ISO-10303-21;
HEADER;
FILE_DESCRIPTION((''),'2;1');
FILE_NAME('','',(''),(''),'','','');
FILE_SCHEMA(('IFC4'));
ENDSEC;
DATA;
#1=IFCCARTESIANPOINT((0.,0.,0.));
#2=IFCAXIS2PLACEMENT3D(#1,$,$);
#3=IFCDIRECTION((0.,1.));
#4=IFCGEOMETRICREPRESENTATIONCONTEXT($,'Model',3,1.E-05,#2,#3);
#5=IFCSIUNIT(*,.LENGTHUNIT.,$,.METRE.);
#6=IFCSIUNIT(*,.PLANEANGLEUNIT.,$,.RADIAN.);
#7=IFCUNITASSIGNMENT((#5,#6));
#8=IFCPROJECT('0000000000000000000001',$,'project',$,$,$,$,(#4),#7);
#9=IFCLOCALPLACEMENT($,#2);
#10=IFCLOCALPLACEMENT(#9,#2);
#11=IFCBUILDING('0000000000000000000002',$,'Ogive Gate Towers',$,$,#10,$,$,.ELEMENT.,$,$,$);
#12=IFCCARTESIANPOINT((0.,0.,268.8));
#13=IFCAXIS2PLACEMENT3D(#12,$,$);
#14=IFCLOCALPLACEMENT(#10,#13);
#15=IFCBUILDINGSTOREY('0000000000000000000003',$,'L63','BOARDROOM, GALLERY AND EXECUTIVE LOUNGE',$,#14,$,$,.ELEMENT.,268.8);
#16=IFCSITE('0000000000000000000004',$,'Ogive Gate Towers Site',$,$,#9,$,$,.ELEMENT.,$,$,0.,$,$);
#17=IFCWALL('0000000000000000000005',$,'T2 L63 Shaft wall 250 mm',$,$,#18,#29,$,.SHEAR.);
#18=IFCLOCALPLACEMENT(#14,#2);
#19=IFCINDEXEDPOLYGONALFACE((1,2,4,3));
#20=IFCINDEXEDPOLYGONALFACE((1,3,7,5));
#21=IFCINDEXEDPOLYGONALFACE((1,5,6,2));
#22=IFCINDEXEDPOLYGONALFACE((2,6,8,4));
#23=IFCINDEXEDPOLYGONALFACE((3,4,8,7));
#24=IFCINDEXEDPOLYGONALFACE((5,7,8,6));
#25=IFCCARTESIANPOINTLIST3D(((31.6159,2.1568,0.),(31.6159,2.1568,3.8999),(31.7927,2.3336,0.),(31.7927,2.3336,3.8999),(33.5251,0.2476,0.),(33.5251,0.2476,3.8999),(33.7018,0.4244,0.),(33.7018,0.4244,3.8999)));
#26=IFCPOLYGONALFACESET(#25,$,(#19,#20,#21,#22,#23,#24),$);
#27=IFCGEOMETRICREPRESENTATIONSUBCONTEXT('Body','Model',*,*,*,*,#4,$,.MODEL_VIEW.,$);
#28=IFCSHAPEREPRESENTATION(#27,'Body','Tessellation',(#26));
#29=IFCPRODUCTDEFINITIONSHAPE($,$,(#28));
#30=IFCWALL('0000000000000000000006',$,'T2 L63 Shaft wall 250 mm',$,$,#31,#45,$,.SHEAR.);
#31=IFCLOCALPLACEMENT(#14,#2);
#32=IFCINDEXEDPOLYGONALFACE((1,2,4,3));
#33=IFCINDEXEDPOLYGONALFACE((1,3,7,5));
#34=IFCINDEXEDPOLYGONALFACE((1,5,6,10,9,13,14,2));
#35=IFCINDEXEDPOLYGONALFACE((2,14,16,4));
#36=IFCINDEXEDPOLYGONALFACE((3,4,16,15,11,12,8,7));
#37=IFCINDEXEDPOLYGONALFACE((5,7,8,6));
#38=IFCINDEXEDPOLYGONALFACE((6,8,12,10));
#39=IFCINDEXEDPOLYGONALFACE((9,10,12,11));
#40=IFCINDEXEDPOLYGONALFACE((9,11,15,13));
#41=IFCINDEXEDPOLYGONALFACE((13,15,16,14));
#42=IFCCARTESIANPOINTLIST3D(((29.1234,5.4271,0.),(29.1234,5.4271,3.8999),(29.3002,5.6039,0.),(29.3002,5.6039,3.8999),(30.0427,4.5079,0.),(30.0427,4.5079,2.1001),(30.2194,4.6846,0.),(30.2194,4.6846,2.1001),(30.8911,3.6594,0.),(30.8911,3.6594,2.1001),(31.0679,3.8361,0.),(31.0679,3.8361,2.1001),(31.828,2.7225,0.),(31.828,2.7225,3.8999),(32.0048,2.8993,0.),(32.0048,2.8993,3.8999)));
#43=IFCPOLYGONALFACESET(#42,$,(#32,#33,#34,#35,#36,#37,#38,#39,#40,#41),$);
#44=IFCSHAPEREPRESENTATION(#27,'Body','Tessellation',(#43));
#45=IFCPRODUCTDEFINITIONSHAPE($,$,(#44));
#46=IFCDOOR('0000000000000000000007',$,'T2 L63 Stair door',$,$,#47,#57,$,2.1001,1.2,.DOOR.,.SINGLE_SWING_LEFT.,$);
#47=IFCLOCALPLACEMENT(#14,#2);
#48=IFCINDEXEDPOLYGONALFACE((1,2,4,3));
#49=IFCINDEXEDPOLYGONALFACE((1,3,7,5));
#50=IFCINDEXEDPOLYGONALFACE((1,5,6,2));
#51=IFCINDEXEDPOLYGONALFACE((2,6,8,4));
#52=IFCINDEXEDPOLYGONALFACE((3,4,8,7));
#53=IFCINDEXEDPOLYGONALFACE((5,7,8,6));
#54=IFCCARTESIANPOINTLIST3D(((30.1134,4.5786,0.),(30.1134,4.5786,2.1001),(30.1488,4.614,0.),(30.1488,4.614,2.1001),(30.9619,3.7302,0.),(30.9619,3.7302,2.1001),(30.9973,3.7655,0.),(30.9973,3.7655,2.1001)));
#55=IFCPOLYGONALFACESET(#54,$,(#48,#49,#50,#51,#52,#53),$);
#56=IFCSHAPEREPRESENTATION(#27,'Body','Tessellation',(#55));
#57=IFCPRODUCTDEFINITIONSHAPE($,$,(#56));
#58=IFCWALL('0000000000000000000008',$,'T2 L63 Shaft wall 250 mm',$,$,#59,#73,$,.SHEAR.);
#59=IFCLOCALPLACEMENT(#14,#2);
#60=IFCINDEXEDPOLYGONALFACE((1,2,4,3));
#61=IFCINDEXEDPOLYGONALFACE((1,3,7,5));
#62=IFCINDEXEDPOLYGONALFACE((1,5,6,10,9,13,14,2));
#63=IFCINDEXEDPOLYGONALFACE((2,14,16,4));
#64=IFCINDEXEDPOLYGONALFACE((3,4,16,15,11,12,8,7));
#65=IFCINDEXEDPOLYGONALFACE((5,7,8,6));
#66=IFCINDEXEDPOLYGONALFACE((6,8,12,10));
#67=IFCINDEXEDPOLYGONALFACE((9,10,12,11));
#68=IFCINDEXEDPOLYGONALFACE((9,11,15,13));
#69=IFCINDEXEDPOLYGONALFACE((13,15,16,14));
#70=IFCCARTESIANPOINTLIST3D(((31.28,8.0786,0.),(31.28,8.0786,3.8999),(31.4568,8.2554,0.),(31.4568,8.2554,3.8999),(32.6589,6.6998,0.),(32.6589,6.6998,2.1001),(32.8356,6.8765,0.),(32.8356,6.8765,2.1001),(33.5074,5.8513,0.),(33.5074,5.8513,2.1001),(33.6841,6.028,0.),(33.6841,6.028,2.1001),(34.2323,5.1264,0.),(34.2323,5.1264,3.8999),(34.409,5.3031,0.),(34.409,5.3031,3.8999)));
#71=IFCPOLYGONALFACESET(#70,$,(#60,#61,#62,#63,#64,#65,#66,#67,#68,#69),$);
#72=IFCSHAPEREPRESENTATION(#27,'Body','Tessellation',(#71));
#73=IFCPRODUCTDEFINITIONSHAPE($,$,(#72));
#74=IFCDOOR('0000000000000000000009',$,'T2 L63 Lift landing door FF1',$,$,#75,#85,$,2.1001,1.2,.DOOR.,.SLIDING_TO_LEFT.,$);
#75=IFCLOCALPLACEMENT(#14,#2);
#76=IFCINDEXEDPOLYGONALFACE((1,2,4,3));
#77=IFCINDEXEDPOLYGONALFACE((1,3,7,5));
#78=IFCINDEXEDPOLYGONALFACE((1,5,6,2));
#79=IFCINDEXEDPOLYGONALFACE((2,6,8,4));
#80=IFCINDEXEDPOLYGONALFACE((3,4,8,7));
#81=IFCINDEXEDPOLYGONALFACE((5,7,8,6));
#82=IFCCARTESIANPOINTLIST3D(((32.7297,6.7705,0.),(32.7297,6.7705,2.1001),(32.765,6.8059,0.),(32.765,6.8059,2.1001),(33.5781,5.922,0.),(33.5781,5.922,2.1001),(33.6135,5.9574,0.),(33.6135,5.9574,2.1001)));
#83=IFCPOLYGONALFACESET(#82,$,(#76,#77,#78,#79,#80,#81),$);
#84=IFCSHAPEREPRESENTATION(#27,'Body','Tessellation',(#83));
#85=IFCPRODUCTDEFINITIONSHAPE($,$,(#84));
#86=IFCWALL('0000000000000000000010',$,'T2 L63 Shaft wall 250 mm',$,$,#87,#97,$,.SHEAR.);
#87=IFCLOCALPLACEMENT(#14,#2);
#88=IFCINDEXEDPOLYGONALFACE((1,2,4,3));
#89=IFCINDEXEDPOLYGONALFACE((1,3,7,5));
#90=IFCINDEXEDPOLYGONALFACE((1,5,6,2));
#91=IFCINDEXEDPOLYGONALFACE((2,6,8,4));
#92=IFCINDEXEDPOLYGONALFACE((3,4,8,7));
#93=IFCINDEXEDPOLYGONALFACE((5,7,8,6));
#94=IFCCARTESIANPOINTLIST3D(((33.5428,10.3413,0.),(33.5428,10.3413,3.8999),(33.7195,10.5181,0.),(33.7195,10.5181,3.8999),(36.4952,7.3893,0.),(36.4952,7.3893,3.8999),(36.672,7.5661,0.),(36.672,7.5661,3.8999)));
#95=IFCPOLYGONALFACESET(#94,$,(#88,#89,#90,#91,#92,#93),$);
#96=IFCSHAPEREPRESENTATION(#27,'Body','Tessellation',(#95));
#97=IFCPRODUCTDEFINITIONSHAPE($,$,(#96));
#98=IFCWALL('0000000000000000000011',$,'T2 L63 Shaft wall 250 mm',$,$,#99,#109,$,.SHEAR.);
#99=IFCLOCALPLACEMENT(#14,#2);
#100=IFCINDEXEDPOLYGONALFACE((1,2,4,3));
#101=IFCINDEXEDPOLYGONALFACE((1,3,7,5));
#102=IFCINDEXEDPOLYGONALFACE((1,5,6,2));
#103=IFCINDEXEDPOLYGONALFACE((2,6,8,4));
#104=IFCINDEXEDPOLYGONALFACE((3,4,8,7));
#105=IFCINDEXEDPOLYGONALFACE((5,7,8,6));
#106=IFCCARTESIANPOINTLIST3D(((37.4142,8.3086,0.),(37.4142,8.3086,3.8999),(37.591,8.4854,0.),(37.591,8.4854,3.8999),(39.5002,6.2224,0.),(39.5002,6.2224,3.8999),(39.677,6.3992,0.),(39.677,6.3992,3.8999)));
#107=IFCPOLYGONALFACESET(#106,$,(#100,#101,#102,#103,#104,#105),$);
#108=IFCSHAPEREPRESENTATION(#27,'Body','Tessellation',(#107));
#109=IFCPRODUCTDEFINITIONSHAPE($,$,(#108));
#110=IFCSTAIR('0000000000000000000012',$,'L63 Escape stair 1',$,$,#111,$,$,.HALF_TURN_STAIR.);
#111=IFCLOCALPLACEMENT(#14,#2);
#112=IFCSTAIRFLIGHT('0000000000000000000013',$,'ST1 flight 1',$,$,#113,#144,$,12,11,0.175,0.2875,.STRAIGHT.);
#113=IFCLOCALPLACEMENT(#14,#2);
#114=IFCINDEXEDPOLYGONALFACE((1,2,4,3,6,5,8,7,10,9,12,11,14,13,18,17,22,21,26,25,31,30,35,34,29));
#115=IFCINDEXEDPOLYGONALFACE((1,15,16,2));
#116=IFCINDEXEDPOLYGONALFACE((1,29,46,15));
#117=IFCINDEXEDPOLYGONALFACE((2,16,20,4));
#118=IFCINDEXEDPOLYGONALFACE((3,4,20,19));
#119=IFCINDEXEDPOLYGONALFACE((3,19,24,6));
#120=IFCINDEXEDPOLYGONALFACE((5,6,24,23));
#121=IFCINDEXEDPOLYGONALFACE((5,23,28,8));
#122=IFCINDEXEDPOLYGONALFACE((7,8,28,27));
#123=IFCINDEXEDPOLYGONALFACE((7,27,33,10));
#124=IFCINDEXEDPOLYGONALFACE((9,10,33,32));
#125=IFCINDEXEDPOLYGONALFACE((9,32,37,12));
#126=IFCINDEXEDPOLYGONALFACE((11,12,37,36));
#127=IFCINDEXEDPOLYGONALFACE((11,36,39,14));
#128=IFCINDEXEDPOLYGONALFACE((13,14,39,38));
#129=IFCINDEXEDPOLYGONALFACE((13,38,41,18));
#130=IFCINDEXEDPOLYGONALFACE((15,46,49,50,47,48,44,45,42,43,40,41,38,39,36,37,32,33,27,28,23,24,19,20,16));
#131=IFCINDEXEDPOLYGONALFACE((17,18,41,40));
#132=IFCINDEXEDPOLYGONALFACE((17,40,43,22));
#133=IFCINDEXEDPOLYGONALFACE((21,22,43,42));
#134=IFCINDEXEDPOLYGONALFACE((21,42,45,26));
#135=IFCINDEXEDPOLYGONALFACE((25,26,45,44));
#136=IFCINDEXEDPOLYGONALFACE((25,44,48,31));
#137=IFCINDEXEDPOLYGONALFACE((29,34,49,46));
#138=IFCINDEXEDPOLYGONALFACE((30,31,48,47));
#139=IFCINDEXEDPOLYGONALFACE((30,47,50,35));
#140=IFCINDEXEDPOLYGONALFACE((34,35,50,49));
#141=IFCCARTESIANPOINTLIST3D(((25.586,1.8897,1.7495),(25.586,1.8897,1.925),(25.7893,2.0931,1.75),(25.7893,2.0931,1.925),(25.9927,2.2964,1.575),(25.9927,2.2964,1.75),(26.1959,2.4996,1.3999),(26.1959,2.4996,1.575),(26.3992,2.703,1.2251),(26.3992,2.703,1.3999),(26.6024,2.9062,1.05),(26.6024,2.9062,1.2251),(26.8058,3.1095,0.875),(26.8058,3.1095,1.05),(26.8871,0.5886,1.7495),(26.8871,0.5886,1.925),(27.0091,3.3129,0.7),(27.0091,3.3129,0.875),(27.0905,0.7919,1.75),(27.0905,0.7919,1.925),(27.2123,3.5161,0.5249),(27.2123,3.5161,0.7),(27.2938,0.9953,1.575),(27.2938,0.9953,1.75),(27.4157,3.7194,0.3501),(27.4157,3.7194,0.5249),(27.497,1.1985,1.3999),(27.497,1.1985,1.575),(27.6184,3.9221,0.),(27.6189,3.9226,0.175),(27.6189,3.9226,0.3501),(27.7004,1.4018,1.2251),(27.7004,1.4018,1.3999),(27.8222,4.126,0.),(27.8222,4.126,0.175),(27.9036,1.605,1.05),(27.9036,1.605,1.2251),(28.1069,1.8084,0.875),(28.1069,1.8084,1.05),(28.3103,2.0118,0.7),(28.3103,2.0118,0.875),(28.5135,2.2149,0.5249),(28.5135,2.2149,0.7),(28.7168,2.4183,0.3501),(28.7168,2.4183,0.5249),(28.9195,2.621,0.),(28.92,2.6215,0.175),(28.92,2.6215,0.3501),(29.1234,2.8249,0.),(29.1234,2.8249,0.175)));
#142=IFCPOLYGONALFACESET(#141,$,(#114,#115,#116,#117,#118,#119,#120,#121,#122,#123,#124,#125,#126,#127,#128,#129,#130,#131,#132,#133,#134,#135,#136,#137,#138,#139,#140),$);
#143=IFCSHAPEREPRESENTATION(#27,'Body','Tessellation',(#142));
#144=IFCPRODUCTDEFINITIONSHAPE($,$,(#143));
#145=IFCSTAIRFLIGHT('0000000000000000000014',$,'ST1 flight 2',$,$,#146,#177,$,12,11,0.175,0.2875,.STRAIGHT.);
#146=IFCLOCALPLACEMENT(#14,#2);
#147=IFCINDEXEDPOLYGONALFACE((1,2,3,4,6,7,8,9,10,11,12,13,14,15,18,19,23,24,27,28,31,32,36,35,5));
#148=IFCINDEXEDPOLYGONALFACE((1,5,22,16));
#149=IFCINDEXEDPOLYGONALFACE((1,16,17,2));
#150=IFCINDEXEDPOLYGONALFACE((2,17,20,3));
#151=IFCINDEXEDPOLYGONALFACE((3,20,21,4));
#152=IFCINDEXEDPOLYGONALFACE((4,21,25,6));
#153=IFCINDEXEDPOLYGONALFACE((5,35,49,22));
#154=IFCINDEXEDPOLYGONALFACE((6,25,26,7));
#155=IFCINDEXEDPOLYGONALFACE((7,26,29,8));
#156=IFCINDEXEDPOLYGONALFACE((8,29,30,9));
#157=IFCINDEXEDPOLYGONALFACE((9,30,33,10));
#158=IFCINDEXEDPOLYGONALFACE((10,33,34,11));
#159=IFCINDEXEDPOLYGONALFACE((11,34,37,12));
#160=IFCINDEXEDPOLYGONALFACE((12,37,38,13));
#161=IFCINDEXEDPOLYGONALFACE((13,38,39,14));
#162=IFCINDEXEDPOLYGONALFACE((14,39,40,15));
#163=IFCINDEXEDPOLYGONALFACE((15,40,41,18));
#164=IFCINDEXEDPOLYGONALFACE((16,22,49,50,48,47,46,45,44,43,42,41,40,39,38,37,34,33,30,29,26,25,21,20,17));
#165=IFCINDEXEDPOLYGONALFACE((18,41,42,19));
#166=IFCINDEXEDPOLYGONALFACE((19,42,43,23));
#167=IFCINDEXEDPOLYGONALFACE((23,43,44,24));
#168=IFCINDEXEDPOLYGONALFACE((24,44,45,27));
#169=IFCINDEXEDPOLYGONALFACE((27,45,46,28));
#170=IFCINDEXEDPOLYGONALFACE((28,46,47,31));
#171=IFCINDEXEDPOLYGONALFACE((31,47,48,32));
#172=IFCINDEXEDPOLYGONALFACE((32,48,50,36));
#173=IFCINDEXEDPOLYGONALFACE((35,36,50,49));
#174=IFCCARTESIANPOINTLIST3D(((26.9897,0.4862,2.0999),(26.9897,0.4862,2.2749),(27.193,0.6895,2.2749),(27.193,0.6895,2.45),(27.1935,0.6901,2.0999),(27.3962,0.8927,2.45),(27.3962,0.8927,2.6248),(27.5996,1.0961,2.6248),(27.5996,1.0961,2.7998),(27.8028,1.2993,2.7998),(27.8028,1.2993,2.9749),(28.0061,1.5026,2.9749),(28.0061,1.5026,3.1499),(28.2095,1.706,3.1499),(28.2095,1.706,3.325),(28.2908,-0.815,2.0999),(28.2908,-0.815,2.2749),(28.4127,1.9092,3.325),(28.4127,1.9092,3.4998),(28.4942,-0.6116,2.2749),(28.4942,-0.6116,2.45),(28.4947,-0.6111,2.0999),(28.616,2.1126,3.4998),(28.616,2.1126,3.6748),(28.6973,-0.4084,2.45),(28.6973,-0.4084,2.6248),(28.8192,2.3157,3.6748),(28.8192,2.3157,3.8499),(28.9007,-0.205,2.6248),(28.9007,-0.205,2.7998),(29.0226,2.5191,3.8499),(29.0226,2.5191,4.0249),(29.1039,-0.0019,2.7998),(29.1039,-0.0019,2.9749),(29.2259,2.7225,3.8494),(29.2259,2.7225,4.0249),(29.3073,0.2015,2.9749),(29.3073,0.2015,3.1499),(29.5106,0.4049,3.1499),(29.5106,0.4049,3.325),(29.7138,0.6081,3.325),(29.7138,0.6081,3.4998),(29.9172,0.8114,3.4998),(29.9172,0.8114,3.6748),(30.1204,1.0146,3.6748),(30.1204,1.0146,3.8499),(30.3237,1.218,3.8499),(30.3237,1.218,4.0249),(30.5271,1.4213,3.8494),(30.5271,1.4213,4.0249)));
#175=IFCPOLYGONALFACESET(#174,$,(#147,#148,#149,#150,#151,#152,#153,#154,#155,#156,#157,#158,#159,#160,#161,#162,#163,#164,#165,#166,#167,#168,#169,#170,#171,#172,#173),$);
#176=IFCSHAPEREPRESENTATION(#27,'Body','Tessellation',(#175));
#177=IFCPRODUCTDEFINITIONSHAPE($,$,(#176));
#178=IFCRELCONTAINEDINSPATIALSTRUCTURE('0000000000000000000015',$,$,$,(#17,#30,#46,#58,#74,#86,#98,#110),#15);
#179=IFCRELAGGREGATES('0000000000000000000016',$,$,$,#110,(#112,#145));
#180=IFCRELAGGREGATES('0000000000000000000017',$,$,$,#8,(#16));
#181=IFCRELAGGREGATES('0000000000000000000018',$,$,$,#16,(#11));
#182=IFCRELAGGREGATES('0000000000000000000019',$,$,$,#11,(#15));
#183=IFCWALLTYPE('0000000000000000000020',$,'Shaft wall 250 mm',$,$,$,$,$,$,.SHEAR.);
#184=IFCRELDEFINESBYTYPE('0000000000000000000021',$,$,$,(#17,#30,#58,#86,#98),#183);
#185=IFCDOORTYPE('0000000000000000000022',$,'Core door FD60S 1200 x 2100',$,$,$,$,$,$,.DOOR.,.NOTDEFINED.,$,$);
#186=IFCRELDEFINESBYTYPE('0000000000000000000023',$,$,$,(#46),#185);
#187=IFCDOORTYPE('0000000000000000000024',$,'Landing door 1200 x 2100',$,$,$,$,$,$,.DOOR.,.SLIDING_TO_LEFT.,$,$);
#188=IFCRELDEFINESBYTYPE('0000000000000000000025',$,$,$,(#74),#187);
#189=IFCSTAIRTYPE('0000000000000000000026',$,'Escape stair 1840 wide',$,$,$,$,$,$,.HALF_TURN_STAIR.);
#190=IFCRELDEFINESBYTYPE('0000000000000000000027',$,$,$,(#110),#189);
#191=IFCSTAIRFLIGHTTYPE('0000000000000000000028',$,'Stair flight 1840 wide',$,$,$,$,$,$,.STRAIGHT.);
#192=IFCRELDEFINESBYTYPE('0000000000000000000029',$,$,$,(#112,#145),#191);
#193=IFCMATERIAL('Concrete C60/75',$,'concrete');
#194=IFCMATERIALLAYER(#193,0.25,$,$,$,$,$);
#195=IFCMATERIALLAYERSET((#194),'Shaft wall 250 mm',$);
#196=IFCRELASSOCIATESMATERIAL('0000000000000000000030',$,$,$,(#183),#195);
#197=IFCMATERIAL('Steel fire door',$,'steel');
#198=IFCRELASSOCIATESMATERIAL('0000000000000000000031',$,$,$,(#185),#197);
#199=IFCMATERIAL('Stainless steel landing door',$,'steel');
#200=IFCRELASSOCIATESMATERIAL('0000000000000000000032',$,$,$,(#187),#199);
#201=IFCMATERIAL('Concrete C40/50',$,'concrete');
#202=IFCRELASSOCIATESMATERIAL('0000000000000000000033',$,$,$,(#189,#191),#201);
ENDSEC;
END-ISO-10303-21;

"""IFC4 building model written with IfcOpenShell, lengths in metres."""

from ifc_helpers import new_model, si_unit, direction, frame, frame_2d, origin, place, context, subcontext, project, spatial, polyline, rectangle, outline, extrude, material, layer, layer_set, type_object, element, fill, aggregate, save


model = new_model("IFC4")

# Units and contexts
model_context = context("Model", 3, precision=1e-05, world=origin(), true_north=direction((0.0, 1.0)))
body_context = subcontext(model_context, "Body", "Model", "MODEL_VIEW")
ifc_project = project(units=[si_unit("LENGTHUNIT", "METRE"), si_unit("PLANEANGLEUNIT", "RADIAN")], contexts=[model_context])

# Site, building, storey
site_placement = place(None, origin())
site = spatial("IfcSite", under=ifc_project, at=site_placement, Name="Ogive Gate Towers Site", CompositionType="ELEMENT", RefElevation=0.0)
building_placement = place(site_placement, origin())
building = spatial("IfcBuilding", under=site, at=building_placement, Name="Ogive Gate Towers", CompositionType="ELEMENT")
storey_placement = place(building_placement, frame((0.0, 0.0, 268.8)))
storey = spatial("IfcBuildingStorey", under=building, at=storey_placement, Name="L63", Description="BOARDROOM, GALLERY AND EXECUTIVE LOUNGE", CompositionType="ELEMENT", Elevation=268.8)

# Wall
ifc_material_1 = material(Name="Concrete C60/75", Category="concrete")
ifc_layer_1 = layer(ifc_material_1, 0.25)
ifc_layer_set_1 = layer_set([ifc_layer_1], Name="Shaft wall 250 mm")
wall_type_1 = type_object("IfcWallType", Name="Shaft wall 250 mm", PredefinedType="SHEAR", material=ifc_layer_set_1)
wall_1_placement = place(storey_placement, frame((33.6135, 0.3359, 0.0), z_axis=(0.0, 0.0, 1.0), x_axis=(-0.707107, 0.707107, 0.0)))
element("IfcWall", 1, at=wall_1_placement, inside=storey, type_object=wall_type_1, Name="T2 L63 Shaft wall 250 mm", PredefinedType="SHEAR", context=body_context, shape_type="SweptSolid", body=[
    extrude(rectangle(XDim=2.7, YDim=0.25, at=frame_2d((1.3501, 0.0))), origin(), (0.0, 0.0, 1.0), 3.8999),
])

# Walls, openings, doors
wall_2_placement = place(storey_placement, frame((31.9165, 2.8108, 0.0), z_axis=(0.0, 0.0, 1.0), x_axis=(-0.707107, 0.707107, 0.0)))
wall_2 = element("IfcWall", 2, at=wall_2_placement, inside=storey, type_object=wall_type_1, Name="T2 L63 Shaft wall 250 mm", PredefinedType="SHEAR", context=body_context, shape_type="SweptSolid", body=[
    extrude(rectangle(XDim=3.825, YDim=0.25, at=frame_2d((1.9126, 0.0))), origin(), (0.0, 0.0, 1.0), 3.8999),
])
opening_1_placement = place(wall_2_placement, frame((1.325, 0.0, 0.0)))
opening_1 = element("IfcOpeningElement", 3, at=opening_1_placement, cuts=wall_2, PredefinedType="OPENING", context=body_context, shape_type="SweptSolid", body=[
    extrude(rectangle(XDim=1.2, YDim=2.1001, at=frame_2d((0.6001, 1.05))), frame((0.0, 0.135, 0.0), z_axis=(0.0, -1.0, 0.0), x_axis=(1.0, 0.0, 0.0)), (0.0, 0.0, 1.0), 0.27),
])
ifc_material_2 = material(Name="Steel fire door", Category="steel")
door_type_1 = type_object("IfcDoorType", Name="Core door FD60S 1200 x 2100", OperationType="NOTDEFINED", PredefinedType="DOOR", material=ifc_material_2)
door_1_placement = place(opening_1_placement, origin())
door_1 = element("IfcDoor", 4, at=door_1_placement, inside=storey, type_object=door_type_1, Name="T2 L63 Stair door", OperationType="SINGLE_SWING_LEFT", OverallHeight=2.1001, OverallWidth=1.2, PredefinedType="DOOR", context=body_context, shape_type="SweptSolid", body=[
    extrude(rectangle(XDim=1.2, YDim=2.1001, at=frame_2d((0.6001, 1.05))), frame((0.0, 0.0249, 0.0), z_axis=(0.0, -1.0, 0.0), x_axis=(1.0, 0.0, 0.0)), (0.0, 0.0, 1.0), 0.05),
])
fill(opening_1, door_1)
wall_3_placement = place(storey_placement, frame((34.3206, 5.2148, 0.0), z_axis=(0.0, 0.0, 1.0), x_axis=(-0.707107, 0.707107, 0.0)))
wall_3 = element("IfcWall", 5, at=wall_3_placement, inside=storey, type_object=wall_type_1, Name="T2 L63 Shaft wall 250 mm", PredefinedType="SHEAR", context=body_context, shape_type="SweptSolid", body=[
    extrude(rectangle(XDim=4.175, YDim=0.25, at=frame_2d((2.0874, 0.0))), origin(), (0.0, 0.0, 1.0), 3.8999),
])
opening_2_placement = place(wall_3_placement, frame((1.0249, 0.0, 0.0)))
opening_2 = element("IfcOpeningElement", 6, at=opening_2_placement, cuts=wall_3, PredefinedType="OPENING", context=body_context, shape_type="SweptSolid", body=[
    extrude(rectangle(XDim=1.2, YDim=2.1001, at=frame_2d((0.6001, 1.05))), frame((0.0, 0.135, 0.0), z_axis=(0.0, -1.0, 0.0), x_axis=(1.0, 0.0, 0.0)), (0.0, 0.0, 1.0), 0.27),
])
ifc_material_3 = material(Name="Stainless steel landing door", Category="steel")
door_type_2 = type_object("IfcDoorType", Name="Landing door 1200 x 2100", OperationType="SLIDING_TO_LEFT", PredefinedType="DOOR", material=ifc_material_3)
door_2_placement = place(opening_2_placement, origin())
door_2 = element("IfcDoor", 7, at=door_2_placement, inside=storey, type_object=door_type_2, Name="T2 L63 Lift landing door FF1", OperationType="SLIDING_TO_LEFT", OverallHeight=2.1001, OverallWidth=1.2, PredefinedType="DOOR", context=body_context, shape_type="SweptSolid", body=[
    extrude(rectangle(XDim=1.2, YDim=2.1001, at=frame_2d((0.6001, 1.05))), frame((0.0, 0.0249, 0.0), z_axis=(0.0, -1.0, 0.0), x_axis=(1.0, 0.0, 0.0)), (0.0, 0.0, 1.0), 0.05),
])
fill(opening_2, door_2)

# Walls
wall_4_placement = place(storey_placement, frame((36.5835, 7.4778, 0.0), z_axis=(0.0, 0.0, 1.0), x_axis=(-0.707165, 0.707048, 0.0)))
element("IfcWall", 8, at=wall_4_placement, inside=storey, type_object=wall_type_1, Name="T2 L63 Shaft wall 250 mm", PredefinedType="SHEAR", context=body_context, shape_type="SweptSolid", body=[
    extrude(rectangle(XDim=4.175, YDim=0.25, at=frame_2d((2.0874, 0.0))), origin(), (0.0, 0.0, 1.0), 3.8999),
])
wall_5_placement = place(storey_placement, frame((39.5886, 6.3108, 0.0), z_axis=(0.0, 0.0, 1.0), x_axis=(-0.707065, 0.707148, 0.0)))
element("IfcWall", 9, at=wall_5_placement, inside=storey, type_object=wall_type_1, Name="T2 L63 Shaft wall 250 mm", PredefinedType="SHEAR", context=body_context, shape_type="SweptSolid", body=[
    extrude(rectangle(XDim=2.9502, YDim=0.25, at=frame_2d((1.4751, 0.0))), origin(), (0.0, 0.0, 1.0), 3.8999),
])

# Stair, stair flights
ifc_material_4 = material(Name="Concrete C40/50", Category="concrete")
stair_type = type_object("IfcStairType", Name="Escape stair 1840 wide", PredefinedType="HALF_TURN_STAIR", material=ifc_material_4)
stair_placement = place(storey_placement, origin())
stair = element("IfcStair", 10, at=stair_placement, inside=storey, type_object=stair_type, Name="L63 Escape stair 1", PredefinedType="HALF_TURN_STAIR")
stair_flight_type = type_object("IfcStairFlightType", Name="Stair flight 1840 wide", PredefinedType="STRAIGHT", material=ifc_material_4)
stair_flight_1_placement = place(storey_placement, frame((28.4729, 3.4753, 0.0), z_axis=(0.0, 0.0, 1.0), x_axis=(-0.707107, -0.707107, 0.0)))
stair_flight_1 = element("IfcStairFlight", 11, at=stair_flight_1_placement, type_object=stair_flight_type, Name="ST1 flight 1", NumberOfRisers=12, NumberOfTreads=11, PredefinedType="STRAIGHT", RiserHeight=0.175, TreadLength=0.2875, context=body_context, shape_type="SweptSolid", body=[
    extrude(outline(polyline([(0.0, 0.0), (0.0, 0.175), (0.2876, 0.175), (0.2876, 0.3501), (0.575, 0.3501), (0.575, 0.5249), (0.8625, 0.5249), (0.8625, 0.7), (1.1499, 0.7), (1.1499, 0.875), (1.4375, 0.875), (1.4375, 1.05), (1.7251, 1.05), (1.7251, 1.2251), (2.0125, 1.2251), (2.0125, 1.3999), (2.3, 1.3999), (2.3, 1.575), (2.5874, 1.575), (2.5874, 1.75), (2.875, 1.75), (2.875, 1.925), (3.1626, 1.925), (3.1626, 2.1001), (3.1626, 1.7495), (0.2883, 0.0), (0.0, 0.0)])), frame((0.0, 0.9199, 0.0), z_axis=(0.0, -1.0, 0.0), x_axis=(1.0, 0.0, 0.0)), (0.0, 0.0, 1.0), 1.8401),
])
stair_flight_2_placement = place(storey_placement, frame((27.6401, -0.1643, 2.0999), z_axis=(0.0, 0.0, 1.0), x_axis=(0.707107, 0.707107, 0.0)))
stair_flight_2 = element("IfcStairFlight", 12, at=stair_flight_2_placement, type_object=stair_flight_type, Name="ST1 flight 2", NumberOfRisers=12, NumberOfTreads=11, PredefinedType="STRAIGHT", RiserHeight=0.175, TreadLength=0.2875, context=body_context, shape_type="SweptSolid", body=[
    extrude(outline(polyline([(0.0, 0.0), (0.0, 0.175), (0.2876, 0.175), (0.2876, 0.3501), (0.575, 0.3501), (0.575, 0.5249), (0.8625, 0.5249), (0.8625, 0.7), (1.1499, 0.7), (1.1499, 0.875), (1.4375, 0.875), (1.4375, 1.05), (1.7251, 1.05), (1.7251, 1.2251), (2.0125, 1.2251), (2.0125, 1.3999), (2.3, 1.3999), (2.3, 1.575), (2.5874, 1.575), (2.5874, 1.75), (2.875, 1.75), (2.875, 1.925), (3.1626, 1.925), (3.1626, 2.1001), (3.1626, 1.7495), (0.2883, 0.0), (0.0, 0.0)])), frame((0.0, 0.9199, 0.0), z_axis=(0.0, -1.0, 0.0), x_axis=(1.0, 0.0, 0.0)), (0.0, 0.0, 1.0), 1.8401),
])
aggregate(stair, [stair_flight_1, stair_flight_2])

save(model, "model.ifc")
